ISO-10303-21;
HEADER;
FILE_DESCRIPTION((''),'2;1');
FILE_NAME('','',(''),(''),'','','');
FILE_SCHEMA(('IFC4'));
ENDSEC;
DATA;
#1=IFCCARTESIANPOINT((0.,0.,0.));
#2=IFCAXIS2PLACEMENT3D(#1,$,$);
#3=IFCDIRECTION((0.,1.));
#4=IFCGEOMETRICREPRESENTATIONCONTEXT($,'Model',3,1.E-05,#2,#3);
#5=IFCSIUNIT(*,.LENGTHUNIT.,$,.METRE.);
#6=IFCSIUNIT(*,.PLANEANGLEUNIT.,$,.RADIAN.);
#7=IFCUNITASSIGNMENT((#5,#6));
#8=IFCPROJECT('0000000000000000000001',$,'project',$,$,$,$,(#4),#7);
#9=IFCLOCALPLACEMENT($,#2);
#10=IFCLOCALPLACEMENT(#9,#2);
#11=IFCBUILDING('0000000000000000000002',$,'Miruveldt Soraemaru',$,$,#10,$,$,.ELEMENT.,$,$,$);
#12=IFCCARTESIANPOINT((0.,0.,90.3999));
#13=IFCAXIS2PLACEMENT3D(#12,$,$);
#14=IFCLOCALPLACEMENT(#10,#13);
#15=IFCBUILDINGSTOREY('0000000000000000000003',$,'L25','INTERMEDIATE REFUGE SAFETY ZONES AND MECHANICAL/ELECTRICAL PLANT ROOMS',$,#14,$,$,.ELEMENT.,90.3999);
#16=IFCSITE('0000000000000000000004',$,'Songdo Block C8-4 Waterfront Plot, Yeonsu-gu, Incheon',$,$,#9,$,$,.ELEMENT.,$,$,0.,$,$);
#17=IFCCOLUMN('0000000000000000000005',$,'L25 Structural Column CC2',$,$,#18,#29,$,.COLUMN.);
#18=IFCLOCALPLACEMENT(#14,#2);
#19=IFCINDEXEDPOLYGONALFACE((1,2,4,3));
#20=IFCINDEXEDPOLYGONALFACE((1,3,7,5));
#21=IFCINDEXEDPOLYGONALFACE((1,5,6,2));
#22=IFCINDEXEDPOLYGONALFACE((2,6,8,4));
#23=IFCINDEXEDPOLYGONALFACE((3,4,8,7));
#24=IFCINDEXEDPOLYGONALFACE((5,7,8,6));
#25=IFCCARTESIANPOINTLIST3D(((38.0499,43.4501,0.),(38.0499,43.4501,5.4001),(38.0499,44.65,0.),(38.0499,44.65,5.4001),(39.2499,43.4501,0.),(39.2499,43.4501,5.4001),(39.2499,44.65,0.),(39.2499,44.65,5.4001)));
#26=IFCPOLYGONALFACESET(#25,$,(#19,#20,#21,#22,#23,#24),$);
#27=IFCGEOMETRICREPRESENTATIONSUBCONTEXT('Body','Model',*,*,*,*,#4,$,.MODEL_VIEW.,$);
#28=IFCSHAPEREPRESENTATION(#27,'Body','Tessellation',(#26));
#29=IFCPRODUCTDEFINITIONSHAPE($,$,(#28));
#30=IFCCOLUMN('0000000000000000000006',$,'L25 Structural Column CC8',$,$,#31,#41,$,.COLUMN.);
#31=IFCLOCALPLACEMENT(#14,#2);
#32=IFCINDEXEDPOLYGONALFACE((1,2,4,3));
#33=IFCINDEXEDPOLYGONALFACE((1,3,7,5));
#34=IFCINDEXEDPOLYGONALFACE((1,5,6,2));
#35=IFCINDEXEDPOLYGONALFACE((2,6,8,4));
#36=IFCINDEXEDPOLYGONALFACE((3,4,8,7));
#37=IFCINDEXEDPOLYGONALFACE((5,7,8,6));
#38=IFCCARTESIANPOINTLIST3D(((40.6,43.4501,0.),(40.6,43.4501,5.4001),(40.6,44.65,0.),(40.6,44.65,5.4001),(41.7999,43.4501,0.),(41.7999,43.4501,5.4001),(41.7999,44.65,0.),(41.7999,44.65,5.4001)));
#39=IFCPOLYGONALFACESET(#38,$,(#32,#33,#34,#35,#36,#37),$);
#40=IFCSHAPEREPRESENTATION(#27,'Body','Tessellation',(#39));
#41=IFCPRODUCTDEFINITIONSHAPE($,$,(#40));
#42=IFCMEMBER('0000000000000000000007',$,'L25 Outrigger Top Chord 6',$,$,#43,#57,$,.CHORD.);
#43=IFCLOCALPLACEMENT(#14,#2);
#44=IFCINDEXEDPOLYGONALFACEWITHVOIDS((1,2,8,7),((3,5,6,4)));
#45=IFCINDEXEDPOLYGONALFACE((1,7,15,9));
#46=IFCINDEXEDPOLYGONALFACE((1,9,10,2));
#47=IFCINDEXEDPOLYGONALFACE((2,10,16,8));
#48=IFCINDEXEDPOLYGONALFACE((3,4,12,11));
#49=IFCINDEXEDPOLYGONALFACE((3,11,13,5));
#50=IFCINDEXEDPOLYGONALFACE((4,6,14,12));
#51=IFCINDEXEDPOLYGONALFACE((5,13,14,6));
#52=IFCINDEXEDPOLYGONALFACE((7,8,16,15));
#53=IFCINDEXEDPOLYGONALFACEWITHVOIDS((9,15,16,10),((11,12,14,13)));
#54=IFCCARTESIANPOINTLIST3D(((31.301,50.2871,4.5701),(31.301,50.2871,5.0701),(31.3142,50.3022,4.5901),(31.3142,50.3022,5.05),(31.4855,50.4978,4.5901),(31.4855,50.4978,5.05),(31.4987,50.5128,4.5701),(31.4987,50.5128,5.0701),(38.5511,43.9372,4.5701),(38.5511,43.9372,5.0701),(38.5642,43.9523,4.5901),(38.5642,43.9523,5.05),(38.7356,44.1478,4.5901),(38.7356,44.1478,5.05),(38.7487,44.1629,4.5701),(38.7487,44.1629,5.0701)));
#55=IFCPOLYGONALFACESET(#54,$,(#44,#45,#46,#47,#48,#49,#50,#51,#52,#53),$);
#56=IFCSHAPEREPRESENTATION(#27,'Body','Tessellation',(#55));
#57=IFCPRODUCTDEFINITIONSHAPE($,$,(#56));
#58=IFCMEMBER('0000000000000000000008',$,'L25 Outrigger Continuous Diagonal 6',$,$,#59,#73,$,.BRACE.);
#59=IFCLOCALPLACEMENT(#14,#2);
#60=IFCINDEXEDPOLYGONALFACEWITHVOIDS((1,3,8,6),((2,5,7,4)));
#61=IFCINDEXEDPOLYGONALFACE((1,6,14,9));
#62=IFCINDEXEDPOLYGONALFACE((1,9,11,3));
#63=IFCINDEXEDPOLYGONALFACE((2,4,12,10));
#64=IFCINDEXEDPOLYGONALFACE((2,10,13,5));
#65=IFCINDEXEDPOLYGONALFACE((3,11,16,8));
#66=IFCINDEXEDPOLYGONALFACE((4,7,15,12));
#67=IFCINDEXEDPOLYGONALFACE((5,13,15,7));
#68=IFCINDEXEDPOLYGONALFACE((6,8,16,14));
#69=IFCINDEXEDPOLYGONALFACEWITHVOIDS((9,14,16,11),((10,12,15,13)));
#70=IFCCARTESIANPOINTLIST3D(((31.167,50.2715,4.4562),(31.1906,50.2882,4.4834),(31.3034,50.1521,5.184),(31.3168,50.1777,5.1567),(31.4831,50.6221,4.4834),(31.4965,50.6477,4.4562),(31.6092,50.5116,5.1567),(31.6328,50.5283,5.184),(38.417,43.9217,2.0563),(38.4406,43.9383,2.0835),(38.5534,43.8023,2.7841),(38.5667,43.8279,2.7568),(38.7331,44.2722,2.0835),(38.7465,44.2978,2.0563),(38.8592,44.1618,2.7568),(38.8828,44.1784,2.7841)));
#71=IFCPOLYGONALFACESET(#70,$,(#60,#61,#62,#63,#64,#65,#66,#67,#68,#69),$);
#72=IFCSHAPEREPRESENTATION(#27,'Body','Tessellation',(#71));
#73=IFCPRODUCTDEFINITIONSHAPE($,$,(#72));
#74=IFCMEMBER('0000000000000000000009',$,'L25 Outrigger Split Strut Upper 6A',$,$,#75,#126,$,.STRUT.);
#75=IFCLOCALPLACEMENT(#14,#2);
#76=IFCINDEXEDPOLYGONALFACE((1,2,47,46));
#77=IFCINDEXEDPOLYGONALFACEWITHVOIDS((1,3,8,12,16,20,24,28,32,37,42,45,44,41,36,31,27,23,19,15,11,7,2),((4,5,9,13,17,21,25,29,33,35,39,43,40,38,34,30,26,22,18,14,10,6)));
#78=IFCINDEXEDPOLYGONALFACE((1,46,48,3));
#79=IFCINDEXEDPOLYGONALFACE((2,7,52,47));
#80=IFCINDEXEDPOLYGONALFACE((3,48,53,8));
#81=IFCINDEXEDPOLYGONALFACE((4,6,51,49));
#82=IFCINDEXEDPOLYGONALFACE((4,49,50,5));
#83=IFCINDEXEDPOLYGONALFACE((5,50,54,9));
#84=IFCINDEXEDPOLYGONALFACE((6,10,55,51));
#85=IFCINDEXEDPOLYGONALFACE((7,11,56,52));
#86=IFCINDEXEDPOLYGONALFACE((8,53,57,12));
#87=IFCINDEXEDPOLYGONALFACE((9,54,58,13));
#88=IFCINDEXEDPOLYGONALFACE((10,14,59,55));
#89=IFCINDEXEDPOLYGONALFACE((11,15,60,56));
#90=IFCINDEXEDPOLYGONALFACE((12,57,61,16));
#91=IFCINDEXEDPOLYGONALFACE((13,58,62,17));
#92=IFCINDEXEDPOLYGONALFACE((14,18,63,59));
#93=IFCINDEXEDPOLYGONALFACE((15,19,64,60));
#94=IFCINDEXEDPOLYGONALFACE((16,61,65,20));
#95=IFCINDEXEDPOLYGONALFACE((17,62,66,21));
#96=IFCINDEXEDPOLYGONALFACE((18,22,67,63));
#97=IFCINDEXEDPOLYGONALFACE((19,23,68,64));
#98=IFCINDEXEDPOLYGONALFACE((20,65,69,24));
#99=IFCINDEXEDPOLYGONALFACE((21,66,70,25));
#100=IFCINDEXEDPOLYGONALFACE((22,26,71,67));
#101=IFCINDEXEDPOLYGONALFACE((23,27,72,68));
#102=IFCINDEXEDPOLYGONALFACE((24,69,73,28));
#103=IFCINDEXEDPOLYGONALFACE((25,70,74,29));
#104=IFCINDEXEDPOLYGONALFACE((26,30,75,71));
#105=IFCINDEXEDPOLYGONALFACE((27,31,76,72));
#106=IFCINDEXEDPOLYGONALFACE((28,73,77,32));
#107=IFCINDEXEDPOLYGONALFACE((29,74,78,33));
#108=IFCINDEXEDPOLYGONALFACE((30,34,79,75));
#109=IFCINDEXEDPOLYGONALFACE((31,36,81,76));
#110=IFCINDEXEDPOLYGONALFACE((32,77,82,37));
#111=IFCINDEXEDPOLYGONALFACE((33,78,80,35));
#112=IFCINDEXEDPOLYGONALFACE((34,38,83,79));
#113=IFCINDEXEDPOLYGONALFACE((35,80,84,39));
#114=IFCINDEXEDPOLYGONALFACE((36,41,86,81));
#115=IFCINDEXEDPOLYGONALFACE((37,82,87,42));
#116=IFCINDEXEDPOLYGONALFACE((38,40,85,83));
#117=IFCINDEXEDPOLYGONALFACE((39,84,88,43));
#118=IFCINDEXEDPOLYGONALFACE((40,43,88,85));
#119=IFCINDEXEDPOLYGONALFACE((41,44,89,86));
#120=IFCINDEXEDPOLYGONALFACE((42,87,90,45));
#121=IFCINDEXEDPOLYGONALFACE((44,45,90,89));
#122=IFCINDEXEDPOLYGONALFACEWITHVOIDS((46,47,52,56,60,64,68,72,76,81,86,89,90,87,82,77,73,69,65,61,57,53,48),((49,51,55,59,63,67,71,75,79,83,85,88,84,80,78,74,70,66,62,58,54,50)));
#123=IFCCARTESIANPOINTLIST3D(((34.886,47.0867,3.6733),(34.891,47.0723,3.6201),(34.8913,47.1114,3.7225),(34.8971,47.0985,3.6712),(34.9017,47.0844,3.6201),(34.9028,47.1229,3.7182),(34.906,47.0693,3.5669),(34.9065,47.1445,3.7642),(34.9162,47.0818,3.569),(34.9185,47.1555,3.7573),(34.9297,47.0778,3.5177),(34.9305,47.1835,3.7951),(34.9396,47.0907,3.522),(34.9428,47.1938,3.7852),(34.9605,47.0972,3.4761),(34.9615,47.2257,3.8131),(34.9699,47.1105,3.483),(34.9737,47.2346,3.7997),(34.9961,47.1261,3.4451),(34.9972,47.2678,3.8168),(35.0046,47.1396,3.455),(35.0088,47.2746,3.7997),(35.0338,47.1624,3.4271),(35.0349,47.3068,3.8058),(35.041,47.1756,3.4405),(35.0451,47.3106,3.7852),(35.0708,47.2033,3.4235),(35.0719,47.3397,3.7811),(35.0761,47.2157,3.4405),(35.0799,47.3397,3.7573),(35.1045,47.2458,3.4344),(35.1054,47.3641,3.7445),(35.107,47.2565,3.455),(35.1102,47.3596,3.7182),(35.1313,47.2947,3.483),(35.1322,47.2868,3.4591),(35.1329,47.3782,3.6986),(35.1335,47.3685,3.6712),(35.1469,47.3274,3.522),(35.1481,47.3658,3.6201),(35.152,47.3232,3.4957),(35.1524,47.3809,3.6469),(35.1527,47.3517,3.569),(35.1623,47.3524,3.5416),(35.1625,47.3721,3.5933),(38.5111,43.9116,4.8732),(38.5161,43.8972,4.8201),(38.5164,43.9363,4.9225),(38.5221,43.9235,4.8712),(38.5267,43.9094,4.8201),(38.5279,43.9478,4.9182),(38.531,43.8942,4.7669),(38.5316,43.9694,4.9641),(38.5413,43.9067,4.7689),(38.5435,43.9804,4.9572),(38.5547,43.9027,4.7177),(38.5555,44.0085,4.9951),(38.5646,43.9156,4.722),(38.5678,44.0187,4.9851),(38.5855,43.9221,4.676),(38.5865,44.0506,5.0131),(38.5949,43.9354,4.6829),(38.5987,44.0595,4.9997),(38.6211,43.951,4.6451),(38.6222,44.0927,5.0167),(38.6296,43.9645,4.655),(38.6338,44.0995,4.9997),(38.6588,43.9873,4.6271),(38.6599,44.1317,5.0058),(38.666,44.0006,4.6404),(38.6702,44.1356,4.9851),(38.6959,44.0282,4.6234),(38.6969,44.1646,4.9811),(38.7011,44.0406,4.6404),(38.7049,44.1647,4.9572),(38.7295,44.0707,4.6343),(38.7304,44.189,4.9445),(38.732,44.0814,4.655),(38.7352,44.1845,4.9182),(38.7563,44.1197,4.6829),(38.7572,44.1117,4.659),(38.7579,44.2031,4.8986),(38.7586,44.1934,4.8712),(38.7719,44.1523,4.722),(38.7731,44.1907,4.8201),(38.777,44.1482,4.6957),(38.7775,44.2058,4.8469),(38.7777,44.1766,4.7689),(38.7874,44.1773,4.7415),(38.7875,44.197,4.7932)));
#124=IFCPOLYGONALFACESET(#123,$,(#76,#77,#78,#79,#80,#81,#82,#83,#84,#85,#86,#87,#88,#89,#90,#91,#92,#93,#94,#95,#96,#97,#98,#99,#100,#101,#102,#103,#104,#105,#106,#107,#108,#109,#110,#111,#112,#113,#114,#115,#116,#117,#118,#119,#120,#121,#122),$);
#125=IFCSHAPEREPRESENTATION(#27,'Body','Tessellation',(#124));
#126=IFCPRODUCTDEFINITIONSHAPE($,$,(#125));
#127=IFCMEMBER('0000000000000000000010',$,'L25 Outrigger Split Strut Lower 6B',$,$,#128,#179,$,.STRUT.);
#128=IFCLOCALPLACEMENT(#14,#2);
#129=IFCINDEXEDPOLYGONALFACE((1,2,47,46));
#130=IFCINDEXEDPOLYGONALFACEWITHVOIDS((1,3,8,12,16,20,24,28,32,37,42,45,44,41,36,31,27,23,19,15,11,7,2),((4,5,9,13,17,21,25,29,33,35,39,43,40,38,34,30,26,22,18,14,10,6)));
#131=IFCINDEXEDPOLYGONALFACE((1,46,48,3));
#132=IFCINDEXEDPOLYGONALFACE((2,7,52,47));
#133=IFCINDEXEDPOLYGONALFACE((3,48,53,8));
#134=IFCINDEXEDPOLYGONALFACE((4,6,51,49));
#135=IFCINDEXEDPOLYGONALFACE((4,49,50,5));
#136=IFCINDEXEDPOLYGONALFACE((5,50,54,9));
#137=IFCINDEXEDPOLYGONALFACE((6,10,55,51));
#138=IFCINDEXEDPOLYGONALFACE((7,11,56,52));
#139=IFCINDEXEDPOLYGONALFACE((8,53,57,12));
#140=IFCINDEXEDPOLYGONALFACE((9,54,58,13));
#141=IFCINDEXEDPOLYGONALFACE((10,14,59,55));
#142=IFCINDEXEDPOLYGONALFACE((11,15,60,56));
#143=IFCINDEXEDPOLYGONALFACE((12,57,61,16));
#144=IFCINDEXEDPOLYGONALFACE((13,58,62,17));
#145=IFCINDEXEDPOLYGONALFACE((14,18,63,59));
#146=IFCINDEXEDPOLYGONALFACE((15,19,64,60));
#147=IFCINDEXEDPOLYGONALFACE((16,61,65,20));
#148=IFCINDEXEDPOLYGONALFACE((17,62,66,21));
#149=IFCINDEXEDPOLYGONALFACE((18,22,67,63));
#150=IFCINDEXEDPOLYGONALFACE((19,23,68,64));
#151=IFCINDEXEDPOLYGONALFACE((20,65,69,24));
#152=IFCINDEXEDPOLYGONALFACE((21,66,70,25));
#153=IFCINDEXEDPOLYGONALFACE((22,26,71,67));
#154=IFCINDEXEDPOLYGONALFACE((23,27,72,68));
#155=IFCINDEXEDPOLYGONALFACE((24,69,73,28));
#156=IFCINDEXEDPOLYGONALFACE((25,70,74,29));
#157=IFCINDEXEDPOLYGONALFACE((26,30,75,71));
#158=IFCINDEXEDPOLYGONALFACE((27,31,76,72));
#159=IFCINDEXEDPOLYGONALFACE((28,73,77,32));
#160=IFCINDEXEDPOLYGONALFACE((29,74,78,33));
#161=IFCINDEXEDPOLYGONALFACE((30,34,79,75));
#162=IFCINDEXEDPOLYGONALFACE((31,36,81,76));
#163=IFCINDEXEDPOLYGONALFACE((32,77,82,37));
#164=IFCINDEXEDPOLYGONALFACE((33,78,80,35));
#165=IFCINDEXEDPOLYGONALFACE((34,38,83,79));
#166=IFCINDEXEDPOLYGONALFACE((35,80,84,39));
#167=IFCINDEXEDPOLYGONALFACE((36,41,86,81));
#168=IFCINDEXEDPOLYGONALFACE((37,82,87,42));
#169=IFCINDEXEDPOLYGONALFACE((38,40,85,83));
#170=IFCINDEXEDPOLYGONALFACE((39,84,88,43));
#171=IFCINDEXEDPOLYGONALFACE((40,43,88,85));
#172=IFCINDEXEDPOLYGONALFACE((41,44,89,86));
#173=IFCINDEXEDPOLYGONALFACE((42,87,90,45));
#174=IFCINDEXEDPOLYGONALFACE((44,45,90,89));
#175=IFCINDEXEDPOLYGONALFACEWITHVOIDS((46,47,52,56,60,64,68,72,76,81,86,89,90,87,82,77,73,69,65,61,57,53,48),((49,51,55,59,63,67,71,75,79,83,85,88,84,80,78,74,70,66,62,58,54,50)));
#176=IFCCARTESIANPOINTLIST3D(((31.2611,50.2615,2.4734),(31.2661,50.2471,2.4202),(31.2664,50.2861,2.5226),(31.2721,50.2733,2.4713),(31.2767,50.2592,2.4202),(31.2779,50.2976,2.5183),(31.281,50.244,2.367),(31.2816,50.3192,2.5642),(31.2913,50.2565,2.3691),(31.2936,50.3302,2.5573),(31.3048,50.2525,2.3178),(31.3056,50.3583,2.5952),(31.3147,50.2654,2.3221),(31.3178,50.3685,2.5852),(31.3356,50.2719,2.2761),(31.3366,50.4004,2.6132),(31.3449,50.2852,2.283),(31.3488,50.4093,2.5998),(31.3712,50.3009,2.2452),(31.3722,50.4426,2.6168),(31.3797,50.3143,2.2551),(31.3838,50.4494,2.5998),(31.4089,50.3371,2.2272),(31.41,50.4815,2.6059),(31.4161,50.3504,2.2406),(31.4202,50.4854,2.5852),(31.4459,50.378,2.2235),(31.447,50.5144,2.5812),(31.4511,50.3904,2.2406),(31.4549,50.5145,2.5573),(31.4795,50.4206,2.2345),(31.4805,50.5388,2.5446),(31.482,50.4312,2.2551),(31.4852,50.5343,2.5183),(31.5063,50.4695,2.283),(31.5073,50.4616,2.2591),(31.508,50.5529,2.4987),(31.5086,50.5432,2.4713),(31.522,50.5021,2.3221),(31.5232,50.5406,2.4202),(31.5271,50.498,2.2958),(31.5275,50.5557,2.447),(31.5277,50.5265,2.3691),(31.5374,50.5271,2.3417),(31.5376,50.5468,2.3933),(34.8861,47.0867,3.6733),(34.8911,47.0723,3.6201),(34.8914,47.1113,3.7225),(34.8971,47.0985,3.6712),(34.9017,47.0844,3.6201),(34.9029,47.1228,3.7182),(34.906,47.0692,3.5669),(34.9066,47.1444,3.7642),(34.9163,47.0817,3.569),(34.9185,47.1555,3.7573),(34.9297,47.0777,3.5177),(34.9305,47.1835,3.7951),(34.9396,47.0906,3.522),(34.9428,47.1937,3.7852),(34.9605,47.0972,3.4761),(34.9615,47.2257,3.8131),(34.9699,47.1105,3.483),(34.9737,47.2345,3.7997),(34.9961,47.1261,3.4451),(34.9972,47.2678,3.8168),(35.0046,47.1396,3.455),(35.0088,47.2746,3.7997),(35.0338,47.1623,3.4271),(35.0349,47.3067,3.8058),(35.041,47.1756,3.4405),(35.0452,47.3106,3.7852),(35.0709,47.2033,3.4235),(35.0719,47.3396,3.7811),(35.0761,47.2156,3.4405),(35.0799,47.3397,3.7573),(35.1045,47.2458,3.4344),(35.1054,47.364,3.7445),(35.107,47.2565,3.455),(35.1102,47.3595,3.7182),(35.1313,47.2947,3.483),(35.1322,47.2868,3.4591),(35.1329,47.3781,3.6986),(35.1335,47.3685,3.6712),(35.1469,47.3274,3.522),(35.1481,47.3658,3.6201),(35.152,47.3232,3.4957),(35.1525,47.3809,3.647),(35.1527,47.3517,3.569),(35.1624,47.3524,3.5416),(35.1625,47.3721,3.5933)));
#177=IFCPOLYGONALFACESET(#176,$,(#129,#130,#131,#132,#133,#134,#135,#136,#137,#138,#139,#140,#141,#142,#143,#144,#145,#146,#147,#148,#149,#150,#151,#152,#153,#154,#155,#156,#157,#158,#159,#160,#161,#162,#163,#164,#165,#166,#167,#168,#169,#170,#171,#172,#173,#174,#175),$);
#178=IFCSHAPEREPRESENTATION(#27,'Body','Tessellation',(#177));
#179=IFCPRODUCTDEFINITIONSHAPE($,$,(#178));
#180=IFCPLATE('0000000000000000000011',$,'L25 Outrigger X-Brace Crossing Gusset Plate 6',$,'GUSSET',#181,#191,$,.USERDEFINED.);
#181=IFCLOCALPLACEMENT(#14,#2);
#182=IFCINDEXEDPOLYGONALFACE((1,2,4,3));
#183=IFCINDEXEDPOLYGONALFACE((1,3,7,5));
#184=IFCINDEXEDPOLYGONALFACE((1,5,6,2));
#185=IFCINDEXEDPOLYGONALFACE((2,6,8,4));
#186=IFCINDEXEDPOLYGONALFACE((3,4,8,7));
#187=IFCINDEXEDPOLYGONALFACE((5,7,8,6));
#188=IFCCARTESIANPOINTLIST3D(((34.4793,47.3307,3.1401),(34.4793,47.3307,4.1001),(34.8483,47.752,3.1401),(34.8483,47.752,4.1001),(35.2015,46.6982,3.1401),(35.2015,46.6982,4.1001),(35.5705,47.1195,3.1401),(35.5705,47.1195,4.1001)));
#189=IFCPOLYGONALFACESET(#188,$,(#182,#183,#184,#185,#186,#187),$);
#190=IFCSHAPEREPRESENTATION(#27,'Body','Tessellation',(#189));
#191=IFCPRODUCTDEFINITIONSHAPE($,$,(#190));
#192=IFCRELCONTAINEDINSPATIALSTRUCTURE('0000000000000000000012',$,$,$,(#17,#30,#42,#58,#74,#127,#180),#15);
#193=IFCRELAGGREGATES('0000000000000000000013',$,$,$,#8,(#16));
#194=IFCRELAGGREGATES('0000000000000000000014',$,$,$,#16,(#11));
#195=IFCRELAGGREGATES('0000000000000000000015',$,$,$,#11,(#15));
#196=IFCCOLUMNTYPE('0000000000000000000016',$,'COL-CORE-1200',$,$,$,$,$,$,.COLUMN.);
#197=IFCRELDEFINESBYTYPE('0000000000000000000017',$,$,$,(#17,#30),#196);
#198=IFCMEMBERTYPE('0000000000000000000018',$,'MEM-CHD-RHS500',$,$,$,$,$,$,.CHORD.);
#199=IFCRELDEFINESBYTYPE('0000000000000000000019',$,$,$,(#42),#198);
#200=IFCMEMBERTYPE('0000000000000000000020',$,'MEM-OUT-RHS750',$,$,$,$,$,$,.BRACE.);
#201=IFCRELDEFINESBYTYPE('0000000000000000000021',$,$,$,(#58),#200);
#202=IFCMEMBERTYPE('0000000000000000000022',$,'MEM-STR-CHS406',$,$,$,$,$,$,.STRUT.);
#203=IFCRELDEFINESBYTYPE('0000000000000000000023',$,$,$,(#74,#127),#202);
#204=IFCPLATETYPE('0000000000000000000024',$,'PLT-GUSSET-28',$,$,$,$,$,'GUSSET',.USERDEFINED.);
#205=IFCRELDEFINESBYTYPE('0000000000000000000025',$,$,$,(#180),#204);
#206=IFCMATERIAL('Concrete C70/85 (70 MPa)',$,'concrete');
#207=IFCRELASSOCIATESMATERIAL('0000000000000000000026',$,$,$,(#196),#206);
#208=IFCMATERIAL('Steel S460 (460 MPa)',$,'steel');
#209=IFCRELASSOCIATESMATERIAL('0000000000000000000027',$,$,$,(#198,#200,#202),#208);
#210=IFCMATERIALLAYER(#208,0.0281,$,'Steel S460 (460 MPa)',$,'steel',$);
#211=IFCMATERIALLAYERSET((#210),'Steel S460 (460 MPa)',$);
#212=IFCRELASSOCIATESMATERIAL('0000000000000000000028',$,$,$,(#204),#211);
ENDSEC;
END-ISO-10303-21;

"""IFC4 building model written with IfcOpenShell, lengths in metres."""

from ifc_helpers import new_model, si_unit, direction, frame, origin, origin_2d, place, context, subcontext, project, spatial, rectangle, hollow_rectangle, hollow_circle, extrude, material, layer, layer_set, material_profile, profile_set, type_object, element, save


model = new_model("IFC4")

# Units and contexts
model_context = context("Model", 3, precision=1e-05, world=origin(), true_north=direction((0.0, 1.0)))
body_context = subcontext(model_context, "Body", "Model", "MODEL_VIEW")
ifc_project = project(units=[si_unit("LENGTHUNIT", "METRE"), si_unit("PLANEANGLEUNIT", "RADIAN")], contexts=[model_context])

# Site, building, storey
site_placement = place(None, origin())
site = spatial("IfcSite", under=ifc_project, at=site_placement, Name="Songdo Block C8-4 Waterfront Plot, Yeonsu-gu, Incheon", CompositionType="ELEMENT", RefElevation=0.0)
building_placement = place(site_placement, origin())
building = spatial("IfcBuilding", under=site, at=building_placement, Name="Miruveldt Soraemaru", CompositionType="ELEMENT")
storey_placement = place(building_placement, frame((0.0, 0.0, 90.3999)))
storey = spatial("IfcBuildingStorey", under=building, at=storey_placement, Name="L25", Description="INTERMEDIATE REFUGE SAFETY ZONES AND MECHANICAL/ELECTRICAL PLANT ROOMS", CompositionType="ELEMENT", Elevation=90.3999)

# Columns
ifc_material_1 = material(Name="Concrete C70/85 (70 MPa)", Category="concrete")
ifc_material_profile_1 = material_profile(ifc_material_1, rectangle(XDim=1.2, YDim=1.2, at=origin_2d()), Name="Concrete C70/85 (70 MPa)", Category="concrete")
ifc_profile_set_1 = profile_set([ifc_material_profile_1], Name="Concrete C70/85 (70 MPa)")
column_type = type_object("IfcColumnType", Name="COL-CORE-1200", PredefinedType="COLUMN", material=ifc_profile_set_1)
for number, where, z_axis, x_axis, name in (
    (1, (38.6499, 44.05, 0.0), (0.0, 0.0, 1.0), (1.0, 0.0, 0.0), "L25 Structural Column CC2"),
    (2, (41.2, 44.05, 0.0), (0.0, 0.0, 1.0), (1.0, 0.0, 0.0), "L25 Structural Column CC8"),
):
    element("IfcColumn", number, at=place(storey_placement, frame(where, z_axis=z_axis, x_axis=x_axis)), inside=storey, type_object=column_type, Name=name, PredefinedType="COLUMN", context=body_context, shape_type="SweptSolid", body=[
        extrude(rectangle(XDim=1.2, YDim=1.2, at=origin_2d()), origin(), (0.0, 0.0, 1.0), 5.4001),
    ])

# Members
ifc_material_2 = material(Name="Steel S460 (460 MPa)", Category="steel")
ifc_material_profile_2 = material_profile(ifc_material_2, hollow_rectangle(XDim=0.3, YDim=0.5, WallThickness=0.02, at=origin_2d()), Name="Steel S460 (460 MPa)", Category="steel")
ifc_profile_set_2 = profile_set([ifc_material_profile_2], Name="Steel S460 (460 MPa)")
member_type_1 = type_object("IfcMemberType", Name="MEM-CHD-RHS500", PredefinedType="CHORD", material=ifc_profile_set_2)
member_1_placement = place(storey_placement, frame((38.6499, 44.05, 4.8201), z_axis=(-0.752263, 0.658863, 0.0), x_axis=(-0.658863, -0.752263, 0.0)))
element("IfcMember", 3, at=member_1_placement, inside=storey, type_object=member_type_1, Name="L25 Outrigger Top Chord 6", PredefinedType="CHORD", context=body_context, shape_type="SweptSolid", body=[
    extrude(hollow_rectangle(XDim=0.3, YDim=0.5, WallThickness=0.02, at=origin_2d()), origin(), (0.0, 0.0, 1.0), 9.6377),
])
ifc_material_profile_3 = material_profile(ifc_material_2, hollow_rectangle(XDim=0.5, YDim=0.75, WallThickness=0.0281, at=origin_2d()), Name="Steel S460 (460 MPa)", Category="steel")
ifc_profile_set_3 = profile_set([ifc_material_profile_3], Name="Steel S460 (460 MPa)")
member_type_2 = type_object("IfcMemberType", Name="MEM-OUT-RHS750", PredefinedType="BRACE", material=ifc_profile_set_3)
member_2_placement = place(storey_placement, frame((38.6499, 44.05, 2.4202), z_axis=(-0.729971, 0.639339, 0.241636), x_axis=(-0.658863, -0.752263, 0.0)))
element("IfcMember", 4, at=member_2_placement, inside=storey, type_object=member_type_2, Name="L25 Outrigger Continuous Diagonal 6", PredefinedType="BRACE", context=body_context, shape_type="SweptSolid", body=[
    extrude(hollow_rectangle(XDim=0.5, YDim=0.75, WallThickness=0.0281, at=origin_2d()), origin(), (0.0, 0.0, 1.0), 9.9319),
])
ifc_material_profile_4 = material_profile(ifc_material_2, hollow_circle(Radius=0.2031, WallThickness=0.0161, at=origin_2d()), Name="Steel S460 (460 MPa)", Category="steel")
ifc_profile_set_4 = profile_set([ifc_material_profile_4], Name="Steel S460 (460 MPa)")
member_type_3 = type_object("IfcMemberType", Name="MEM-STR-CHS406", PredefinedType="STRUT", material=ifc_profile_set_4)
member_3_placement = place(storey_placement, frame((38.6499, 44.05, 4.8201), z_axis=(-0.72996, 0.639354, -0.241632), x_axis=(-0.658878, -0.75225, 0.0)))
element("IfcMember", 5, at=member_3_placement, inside=storey, type_object=member_type_3, Name="L25 Outrigger Split Strut Upper 6A", PredefinedType="STRUT", context=body_context, shape_type="SweptSolid", body=[
    extrude(hollow_circle(Radius=0.2031, WallThickness=0.0161, at=origin_2d()), origin(), (0.0, 0.0, 1.0), 4.9661),
])
member_4_placement = place(storey_placement, frame((35.0249, 47.2251, 3.6201), z_axis=(-0.729982, 0.639325, -0.24164), x_axis=(-0.658849, -0.752275, 0.0)))
element("IfcMember", 6, at=member_4_placement, inside=storey, type_object=member_type_3, Name="L25 Outrigger Split Strut Lower 6B", PredefinedType="STRUT", context=body_context, shape_type="SweptSolid", body=[
    extrude(hollow_circle(Radius=0.2031, WallThickness=0.0161, at=origin_2d()), origin(), (0.0, 0.0, 1.0), 4.9658),
])

# Plate
ifc_layer_1 = layer(ifc_material_2, 0.0281, Name="Steel S460 (460 MPa)", Category="steel")
ifc_layer_set_1 = layer_set([ifc_layer_1], Name="Steel S460 (460 MPa)")
plate_type = type_object("IfcPlateType", Name="PLT-GUSSET-28", ElementType="GUSSET", PredefinedType="USERDEFINED", material=ifc_layer_set_1)
plate_placement = place(storey_placement, frame((35.0249, 47.2251, 3.1401), z_axis=(0.0, 0.0, 1.0), x_axis=(-0.7523, 0.658821, 0.0)))
element("IfcPlate", 7, at=plate_placement, inside=storey, type_object=plate_type, Name="L25 Outrigger X-Brace Crossing Gusset Plate 6", ObjectType="GUSSET", PredefinedType="USERDEFINED", context=body_context, shape_type="SweptSolid", body=[
    extrude(rectangle(XDim=0.96, YDim=0.5601, at=origin_2d()), origin(), (0.0, 0.0, 1.0), 0.96),
])

save(model, "model.ifc")
